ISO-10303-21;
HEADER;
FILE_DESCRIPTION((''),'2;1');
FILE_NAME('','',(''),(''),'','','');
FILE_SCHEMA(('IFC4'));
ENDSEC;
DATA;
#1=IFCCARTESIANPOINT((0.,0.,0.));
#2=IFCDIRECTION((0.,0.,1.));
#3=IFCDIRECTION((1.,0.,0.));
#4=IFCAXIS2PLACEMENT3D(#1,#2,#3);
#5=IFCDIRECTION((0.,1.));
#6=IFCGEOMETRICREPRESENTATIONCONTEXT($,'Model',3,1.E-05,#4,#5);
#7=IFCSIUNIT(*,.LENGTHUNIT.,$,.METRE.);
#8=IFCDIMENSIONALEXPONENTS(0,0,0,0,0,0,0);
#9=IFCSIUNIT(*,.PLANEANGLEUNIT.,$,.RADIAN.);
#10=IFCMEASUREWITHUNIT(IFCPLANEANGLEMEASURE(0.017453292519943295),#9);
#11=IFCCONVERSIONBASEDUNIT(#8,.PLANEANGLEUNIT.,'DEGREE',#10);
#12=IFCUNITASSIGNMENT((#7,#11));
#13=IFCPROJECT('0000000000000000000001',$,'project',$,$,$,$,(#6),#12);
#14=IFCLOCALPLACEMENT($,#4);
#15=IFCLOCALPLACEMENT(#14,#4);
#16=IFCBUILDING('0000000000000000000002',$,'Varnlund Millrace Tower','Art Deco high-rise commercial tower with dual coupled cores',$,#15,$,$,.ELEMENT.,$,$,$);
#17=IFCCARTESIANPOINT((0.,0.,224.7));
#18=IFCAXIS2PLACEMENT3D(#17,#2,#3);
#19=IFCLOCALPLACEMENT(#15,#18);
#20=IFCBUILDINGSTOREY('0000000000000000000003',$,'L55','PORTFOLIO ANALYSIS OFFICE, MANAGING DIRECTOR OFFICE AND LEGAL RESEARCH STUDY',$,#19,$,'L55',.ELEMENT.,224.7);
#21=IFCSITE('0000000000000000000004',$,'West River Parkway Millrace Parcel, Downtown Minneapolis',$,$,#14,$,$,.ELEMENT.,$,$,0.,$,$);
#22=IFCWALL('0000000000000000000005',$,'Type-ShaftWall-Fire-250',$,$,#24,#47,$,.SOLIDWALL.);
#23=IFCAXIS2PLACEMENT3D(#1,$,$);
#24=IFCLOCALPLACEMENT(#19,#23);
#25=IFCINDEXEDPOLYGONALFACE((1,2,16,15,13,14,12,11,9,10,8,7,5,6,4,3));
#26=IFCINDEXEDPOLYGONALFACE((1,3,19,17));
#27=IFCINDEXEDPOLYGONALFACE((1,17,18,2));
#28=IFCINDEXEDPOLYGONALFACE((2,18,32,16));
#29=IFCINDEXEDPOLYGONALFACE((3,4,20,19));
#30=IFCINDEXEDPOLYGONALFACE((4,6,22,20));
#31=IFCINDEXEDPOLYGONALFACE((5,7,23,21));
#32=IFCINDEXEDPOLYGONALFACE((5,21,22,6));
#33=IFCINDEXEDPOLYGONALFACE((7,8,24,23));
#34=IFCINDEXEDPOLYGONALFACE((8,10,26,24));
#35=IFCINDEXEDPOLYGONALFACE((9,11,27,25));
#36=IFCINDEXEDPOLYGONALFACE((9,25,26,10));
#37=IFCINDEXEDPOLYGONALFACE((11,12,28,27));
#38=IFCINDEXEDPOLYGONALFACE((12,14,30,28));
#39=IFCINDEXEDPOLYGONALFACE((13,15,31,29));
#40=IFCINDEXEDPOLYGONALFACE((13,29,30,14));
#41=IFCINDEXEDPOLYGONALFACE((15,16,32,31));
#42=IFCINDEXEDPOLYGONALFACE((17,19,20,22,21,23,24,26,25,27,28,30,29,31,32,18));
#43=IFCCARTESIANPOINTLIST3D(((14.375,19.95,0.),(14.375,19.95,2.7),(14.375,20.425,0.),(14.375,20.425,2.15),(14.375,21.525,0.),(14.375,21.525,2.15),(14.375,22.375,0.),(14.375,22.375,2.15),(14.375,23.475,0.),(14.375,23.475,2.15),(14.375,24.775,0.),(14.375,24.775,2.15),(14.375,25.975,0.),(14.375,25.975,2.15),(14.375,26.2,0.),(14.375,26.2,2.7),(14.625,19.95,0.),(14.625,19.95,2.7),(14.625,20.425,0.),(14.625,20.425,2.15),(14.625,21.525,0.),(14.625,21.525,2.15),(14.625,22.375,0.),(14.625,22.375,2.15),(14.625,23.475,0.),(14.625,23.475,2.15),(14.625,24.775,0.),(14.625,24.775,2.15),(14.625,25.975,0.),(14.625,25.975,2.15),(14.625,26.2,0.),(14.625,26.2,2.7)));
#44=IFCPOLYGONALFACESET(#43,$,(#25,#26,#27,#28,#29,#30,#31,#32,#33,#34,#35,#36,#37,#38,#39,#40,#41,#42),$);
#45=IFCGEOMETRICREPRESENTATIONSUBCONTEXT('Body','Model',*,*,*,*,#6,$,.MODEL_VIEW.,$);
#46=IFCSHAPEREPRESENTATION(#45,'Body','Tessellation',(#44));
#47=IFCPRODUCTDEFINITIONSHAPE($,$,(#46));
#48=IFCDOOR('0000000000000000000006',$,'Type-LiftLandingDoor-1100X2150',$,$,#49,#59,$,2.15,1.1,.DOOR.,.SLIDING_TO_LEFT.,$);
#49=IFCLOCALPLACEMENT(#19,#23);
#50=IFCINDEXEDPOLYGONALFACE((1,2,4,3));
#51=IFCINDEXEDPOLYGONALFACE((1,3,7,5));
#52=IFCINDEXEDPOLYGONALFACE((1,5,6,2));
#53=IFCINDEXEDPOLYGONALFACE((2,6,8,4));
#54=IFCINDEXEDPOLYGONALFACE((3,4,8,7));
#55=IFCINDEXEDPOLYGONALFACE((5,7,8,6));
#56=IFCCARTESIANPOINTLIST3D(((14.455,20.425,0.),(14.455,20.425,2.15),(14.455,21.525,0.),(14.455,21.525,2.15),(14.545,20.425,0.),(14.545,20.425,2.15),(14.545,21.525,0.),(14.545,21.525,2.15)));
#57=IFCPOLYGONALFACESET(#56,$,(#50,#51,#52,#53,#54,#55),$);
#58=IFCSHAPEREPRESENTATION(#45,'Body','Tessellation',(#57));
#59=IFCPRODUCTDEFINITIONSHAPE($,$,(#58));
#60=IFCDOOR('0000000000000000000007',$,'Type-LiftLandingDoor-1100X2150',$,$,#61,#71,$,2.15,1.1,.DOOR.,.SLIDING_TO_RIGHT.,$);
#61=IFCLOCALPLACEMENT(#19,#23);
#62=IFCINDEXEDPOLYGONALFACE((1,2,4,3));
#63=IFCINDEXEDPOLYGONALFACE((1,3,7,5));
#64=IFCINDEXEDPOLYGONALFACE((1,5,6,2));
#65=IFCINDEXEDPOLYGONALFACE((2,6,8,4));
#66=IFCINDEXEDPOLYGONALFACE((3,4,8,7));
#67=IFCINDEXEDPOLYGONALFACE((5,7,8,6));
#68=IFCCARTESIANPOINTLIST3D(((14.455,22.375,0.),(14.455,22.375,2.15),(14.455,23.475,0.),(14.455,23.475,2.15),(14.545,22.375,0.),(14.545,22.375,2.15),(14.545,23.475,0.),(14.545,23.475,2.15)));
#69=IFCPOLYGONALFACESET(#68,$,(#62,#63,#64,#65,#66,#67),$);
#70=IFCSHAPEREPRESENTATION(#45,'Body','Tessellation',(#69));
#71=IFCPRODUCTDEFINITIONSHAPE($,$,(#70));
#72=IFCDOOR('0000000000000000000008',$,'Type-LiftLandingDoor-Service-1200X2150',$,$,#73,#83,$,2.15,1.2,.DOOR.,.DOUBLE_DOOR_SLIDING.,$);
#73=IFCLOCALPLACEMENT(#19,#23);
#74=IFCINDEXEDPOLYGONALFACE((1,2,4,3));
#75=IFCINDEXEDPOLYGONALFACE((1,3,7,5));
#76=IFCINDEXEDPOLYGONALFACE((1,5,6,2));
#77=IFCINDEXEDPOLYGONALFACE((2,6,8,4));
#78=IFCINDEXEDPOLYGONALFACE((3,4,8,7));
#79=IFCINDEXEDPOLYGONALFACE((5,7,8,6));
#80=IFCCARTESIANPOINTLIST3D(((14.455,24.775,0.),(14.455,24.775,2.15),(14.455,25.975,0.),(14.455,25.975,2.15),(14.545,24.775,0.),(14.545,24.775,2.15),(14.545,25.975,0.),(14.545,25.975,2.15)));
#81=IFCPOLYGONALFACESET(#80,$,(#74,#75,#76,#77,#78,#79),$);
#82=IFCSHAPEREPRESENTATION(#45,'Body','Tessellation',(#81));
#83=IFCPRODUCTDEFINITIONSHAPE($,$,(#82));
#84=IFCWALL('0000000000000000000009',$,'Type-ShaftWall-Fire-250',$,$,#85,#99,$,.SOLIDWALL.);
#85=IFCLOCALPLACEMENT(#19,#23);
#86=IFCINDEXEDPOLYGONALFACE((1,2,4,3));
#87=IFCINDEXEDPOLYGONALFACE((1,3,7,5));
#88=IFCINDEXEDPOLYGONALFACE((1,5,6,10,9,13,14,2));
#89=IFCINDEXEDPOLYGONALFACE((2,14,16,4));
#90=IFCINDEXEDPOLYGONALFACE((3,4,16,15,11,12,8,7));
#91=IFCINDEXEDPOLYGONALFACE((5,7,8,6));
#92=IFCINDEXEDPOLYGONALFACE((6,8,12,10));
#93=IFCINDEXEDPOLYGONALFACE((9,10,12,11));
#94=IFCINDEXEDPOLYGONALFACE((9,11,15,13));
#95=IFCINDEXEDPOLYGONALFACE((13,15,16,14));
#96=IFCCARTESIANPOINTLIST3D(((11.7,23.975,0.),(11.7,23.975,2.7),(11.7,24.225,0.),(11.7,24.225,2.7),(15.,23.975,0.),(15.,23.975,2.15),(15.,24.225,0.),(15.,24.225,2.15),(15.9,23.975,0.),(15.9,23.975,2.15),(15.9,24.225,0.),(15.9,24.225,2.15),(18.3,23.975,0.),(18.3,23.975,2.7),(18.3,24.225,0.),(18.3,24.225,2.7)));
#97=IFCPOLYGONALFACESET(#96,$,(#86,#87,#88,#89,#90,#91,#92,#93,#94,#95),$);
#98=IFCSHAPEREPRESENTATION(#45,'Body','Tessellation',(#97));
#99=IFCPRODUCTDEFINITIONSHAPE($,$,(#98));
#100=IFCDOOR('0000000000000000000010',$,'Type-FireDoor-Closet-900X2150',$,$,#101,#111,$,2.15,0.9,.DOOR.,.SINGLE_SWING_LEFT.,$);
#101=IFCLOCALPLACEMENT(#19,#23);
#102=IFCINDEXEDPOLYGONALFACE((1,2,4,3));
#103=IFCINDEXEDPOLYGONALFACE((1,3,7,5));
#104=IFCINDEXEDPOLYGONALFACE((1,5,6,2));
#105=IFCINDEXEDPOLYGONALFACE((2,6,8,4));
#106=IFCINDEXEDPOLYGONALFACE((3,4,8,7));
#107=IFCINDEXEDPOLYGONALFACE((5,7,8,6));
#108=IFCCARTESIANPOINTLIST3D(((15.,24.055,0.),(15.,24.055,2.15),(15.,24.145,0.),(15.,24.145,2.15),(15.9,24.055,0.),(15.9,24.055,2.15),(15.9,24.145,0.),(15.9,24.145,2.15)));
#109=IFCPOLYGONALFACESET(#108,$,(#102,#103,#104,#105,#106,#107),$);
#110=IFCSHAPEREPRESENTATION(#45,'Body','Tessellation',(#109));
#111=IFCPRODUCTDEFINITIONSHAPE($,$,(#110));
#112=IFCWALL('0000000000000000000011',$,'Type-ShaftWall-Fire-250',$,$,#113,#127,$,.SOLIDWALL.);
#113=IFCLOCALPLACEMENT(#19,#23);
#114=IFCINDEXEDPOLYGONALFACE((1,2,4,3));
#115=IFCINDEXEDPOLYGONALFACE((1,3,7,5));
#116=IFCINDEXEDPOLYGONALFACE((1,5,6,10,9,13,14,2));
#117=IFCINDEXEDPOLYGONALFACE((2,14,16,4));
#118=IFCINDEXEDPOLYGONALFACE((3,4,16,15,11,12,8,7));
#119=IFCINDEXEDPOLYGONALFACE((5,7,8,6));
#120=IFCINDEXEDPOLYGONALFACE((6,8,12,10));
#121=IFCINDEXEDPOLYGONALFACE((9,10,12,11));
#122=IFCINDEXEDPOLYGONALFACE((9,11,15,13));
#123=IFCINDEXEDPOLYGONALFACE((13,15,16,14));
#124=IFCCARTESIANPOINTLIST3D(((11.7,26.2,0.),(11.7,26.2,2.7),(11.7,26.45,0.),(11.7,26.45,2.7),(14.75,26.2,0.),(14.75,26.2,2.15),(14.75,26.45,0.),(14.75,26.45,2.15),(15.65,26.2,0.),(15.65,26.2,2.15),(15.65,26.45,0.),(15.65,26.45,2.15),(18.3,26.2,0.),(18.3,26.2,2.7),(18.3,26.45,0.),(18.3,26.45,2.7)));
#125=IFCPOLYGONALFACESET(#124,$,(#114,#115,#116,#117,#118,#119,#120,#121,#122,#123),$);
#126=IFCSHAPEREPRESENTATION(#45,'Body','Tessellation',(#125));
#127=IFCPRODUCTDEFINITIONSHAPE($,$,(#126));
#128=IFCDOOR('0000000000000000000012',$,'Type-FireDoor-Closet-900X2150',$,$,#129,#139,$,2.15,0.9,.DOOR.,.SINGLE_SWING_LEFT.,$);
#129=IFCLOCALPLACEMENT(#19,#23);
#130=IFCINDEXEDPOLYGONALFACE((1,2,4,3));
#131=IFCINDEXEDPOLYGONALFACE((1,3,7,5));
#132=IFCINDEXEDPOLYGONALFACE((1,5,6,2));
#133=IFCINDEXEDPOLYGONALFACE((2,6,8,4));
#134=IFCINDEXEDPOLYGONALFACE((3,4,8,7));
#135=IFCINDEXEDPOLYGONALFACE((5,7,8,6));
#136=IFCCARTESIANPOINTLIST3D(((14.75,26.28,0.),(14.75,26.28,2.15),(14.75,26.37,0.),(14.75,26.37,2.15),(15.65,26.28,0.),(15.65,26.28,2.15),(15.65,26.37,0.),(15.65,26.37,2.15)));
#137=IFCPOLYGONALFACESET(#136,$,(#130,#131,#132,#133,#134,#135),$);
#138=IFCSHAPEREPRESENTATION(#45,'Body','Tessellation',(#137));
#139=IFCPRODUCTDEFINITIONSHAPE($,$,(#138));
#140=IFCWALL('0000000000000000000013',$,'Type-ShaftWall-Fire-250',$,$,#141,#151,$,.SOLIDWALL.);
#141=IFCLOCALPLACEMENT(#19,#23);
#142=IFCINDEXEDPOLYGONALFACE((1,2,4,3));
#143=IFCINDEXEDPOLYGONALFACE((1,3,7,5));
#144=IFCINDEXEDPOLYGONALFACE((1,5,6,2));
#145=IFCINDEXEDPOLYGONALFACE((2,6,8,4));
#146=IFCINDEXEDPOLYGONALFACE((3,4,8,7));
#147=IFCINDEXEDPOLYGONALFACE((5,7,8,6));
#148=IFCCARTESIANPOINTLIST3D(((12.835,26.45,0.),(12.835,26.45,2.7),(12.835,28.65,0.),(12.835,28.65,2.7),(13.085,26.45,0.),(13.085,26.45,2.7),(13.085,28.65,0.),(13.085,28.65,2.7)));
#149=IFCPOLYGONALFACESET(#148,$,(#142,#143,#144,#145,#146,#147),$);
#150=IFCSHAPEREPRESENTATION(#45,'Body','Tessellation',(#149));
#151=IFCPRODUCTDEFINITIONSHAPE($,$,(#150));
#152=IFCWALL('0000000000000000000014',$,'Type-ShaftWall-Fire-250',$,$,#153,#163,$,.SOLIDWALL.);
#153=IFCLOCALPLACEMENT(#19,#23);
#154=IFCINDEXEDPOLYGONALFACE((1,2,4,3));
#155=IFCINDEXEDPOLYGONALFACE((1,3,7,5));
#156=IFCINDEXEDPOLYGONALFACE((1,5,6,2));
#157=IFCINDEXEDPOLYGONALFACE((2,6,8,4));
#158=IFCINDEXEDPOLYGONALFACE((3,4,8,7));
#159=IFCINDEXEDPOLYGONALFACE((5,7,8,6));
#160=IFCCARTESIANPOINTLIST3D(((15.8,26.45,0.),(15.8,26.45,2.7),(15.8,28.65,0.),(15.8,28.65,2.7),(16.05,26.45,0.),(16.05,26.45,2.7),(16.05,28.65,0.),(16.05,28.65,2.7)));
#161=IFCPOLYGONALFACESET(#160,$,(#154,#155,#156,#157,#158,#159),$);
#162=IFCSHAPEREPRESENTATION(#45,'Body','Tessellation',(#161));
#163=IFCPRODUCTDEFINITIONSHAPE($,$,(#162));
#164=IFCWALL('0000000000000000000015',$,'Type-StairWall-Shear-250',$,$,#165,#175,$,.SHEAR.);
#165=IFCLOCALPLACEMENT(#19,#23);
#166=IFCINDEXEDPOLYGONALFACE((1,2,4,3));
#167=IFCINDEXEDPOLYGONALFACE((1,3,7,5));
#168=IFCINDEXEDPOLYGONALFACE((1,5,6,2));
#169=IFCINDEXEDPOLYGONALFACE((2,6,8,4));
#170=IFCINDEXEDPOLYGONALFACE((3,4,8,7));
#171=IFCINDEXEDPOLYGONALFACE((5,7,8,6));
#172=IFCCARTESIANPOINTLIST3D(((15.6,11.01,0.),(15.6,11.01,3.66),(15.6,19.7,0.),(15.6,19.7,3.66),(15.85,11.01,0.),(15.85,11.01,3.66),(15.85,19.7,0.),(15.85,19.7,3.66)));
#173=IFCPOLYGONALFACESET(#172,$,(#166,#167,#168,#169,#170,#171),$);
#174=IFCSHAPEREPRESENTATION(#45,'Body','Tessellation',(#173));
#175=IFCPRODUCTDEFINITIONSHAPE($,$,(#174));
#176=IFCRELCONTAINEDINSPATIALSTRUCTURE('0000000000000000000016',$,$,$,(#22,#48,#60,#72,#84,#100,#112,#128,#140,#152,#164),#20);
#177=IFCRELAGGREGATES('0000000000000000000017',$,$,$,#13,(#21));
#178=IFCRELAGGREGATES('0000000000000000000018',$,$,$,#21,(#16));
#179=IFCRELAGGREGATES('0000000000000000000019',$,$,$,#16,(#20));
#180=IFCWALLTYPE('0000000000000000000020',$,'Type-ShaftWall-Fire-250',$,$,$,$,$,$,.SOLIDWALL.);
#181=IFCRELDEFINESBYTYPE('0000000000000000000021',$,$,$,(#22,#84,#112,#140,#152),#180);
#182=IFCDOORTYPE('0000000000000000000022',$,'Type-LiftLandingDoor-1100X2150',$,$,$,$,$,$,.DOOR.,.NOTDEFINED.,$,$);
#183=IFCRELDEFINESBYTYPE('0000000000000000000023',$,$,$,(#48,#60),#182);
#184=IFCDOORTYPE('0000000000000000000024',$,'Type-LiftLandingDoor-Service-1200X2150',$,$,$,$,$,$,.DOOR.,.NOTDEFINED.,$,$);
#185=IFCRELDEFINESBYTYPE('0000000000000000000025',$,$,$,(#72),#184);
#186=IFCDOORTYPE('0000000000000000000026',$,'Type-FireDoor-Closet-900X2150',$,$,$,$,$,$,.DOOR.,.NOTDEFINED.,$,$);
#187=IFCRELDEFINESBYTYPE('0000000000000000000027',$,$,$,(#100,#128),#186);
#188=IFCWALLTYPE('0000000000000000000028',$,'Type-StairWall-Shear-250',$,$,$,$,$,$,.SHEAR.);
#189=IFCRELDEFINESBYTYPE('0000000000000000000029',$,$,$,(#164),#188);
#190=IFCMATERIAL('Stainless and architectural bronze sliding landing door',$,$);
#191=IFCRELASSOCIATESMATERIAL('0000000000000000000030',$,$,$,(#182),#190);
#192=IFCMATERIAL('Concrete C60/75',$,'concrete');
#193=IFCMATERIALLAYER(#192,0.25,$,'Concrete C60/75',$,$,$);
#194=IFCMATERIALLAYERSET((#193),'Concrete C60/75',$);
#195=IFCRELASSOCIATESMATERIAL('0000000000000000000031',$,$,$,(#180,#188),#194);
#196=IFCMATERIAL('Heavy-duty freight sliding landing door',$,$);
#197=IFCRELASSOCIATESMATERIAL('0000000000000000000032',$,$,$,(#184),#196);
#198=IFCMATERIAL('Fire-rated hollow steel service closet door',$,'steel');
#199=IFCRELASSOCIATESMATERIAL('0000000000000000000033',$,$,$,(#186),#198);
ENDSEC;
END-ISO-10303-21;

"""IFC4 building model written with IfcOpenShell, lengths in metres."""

from ifc_helpers import new_model, entity, si_unit, converted_unit, direction, frame, origin_with_axes, origin_2d_with_axis, place, context, subcontext, project, spatial, polyline, rectangle, outline, extrude, material, layer, layer_set, type_object, element, fill, save


model = new_model("IFC4")

# Units and contexts
model_context = context("Model", 3, precision=1e-05, world=origin_with_axes(), true_north=direction((0.0, 1.0)))
body_context = subcontext(model_context, "Body", "Model", "MODEL_VIEW")
ifc_project = project(units=[si_unit("LENGTHUNIT", "METRE"), converted_unit("PLANEANGLEUNIT", "DEGREE", entity("IfcPlaneAngleMeasure", 0.017453292519943295), si_unit("PLANEANGLEUNIT", "RADIAN"), dimensions=[0, 0, 0, 0, 0, 0, 0])], contexts=[model_context])

# Site, building, storey
site_placement = place(None, origin_with_axes())
site = spatial("IfcSite", under=ifc_project, at=site_placement, Name="West River Parkway Millrace Parcel, Downtown Minneapolis", CompositionType="ELEMENT", RefElevation=0.0)
building_placement = place(site_placement, origin_with_axes())
building = spatial("IfcBuilding", under=site, at=building_placement, Name="Varnlund Millrace Tower", Description="Art Deco high-rise commercial tower with dual coupled cores", CompositionType="ELEMENT")
storey_placement = place(building_placement, frame((0.0, 0.0, 224.7), z_axis=(0.0, 0.0, 1.0), x_axis=(1.0, 0.0, 0.0)))
storey = spatial("IfcBuildingStorey", under=building, at=storey_placement, Name="L55", Description="PORTFOLIO ANALYSIS OFFICE, MANAGING DIRECTOR OFFICE AND LEGAL RESEARCH STUDY", LongName="L55", CompositionType="ELEMENT", Elevation=224.7)

# Shared definitions
ifc_material_1 = material(Name="Concrete C60/75", Category="concrete")

# Wall, openings, doors
ifc_material_2 = material(Name="Stainless and architectural bronze sliding landing door")
door_type_1 = type_object("IfcDoorType", Name="Type-LiftLandingDoor-1100X2150", OperationType="NOTDEFINED", PredefinedType="DOOR", material=ifc_material_2)
ifc_layer_1 = layer(ifc_material_1, 0.25, Name="Concrete C60/75")
ifc_layer_set_1 = layer_set([ifc_layer_1], Name="Concrete C60/75")
wall_type_1 = type_object("IfcWallType", Name="Type-ShaftWall-Fire-250", PredefinedType="SOLIDWALL", material=ifc_layer_set_1)
wall_1_placement = place(storey_placement, frame((14.5, 19.95, 0.0), z_axis=(0.0, 0.0, 1.0), x_axis=(0.0, 1.0, 0.0)))
wall_1 = element("IfcWall", 1, at=wall_1_placement, inside=storey, type_object=wall_type_1, Name="Type-ShaftWall-Fire-250", PredefinedType="SOLIDWALL", context=body_context, shape_type="SweptSolid", body=[
    extrude(outline(polyline([(0.0, -0.125), (6.25, -0.125), (6.25, 0.125), (0.0, 0.125), (0.0, -0.125)])), origin_with_axes(), (0.0, 0.0, 1.0), 2.7),
])
opening_1_placement = place(wall_1_placement, frame((1.025, 0.0, 0.0), z_axis=(0.0, 0.0, 1.0), x_axis=(1.0, 0.0, 0.0)))
opening_1 = element("IfcOpeningElement", 2, at=opening_1_placement, cuts=wall_1, PredefinedType="OPENING", context=body_context, shape_type="SweptSolid", body=[
    extrude(rectangle(XDim=1.1, YDim=0.27, at=origin_2d_with_axis()), origin_with_axes(), (0.0, 0.0, 1.0), 2.15),
])
opening_2_placement = place(wall_1_placement, frame((2.975, 0.0, 0.0), z_axis=(0.0, 0.0, 1.0), x_axis=(1.0, 0.0, 0.0)))
opening_2 = element("IfcOpeningElement", 3, at=opening_2_placement, cuts=wall_1, PredefinedType="OPENING", context=body_context, shape_type="SweptSolid", body=[
    extrude(rectangle(XDim=1.1, YDim=0.27, at=origin_2d_with_axis()), origin_with_axes(), (0.0, 0.0, 1.0), 2.15),
])
opening_3_placement = place(wall_1_placement, frame((5.425, 0.0, 0.0), z_axis=(0.0, 0.0, 1.0), x_axis=(1.0, 0.0, 0.0)))
opening_3 = element("IfcOpeningElement", 4, at=opening_3_placement, cuts=wall_1, PredefinedType="OPENING", context=body_context, shape_type="SweptSolid", body=[
    extrude(rectangle(XDim=1.2, YDim=0.27, at=origin_2d_with_axis()), origin_with_axes(), (0.0, 0.0, 1.0), 2.15),
])
door_1_placement = place(wall_1_placement, frame((1.025, 0.0, 0.0), z_axis=(0.0, 0.0, 1.0), x_axis=(1.0, 0.0, 0.0)))
door_1 = element("IfcDoor", 5, at=door_1_placement, inside=storey, type_object=door_type_1, Name="Type-LiftLandingDoor-1100X2150", OperationType="SLIDING_TO_LEFT", OverallHeight=2.15, OverallWidth=1.1, PredefinedType="DOOR", context=body_context, shape_type="SweptSolid", body=[
    extrude(rectangle(XDim=1.1, YDim=0.09, at=origin_2d_with_axis()), origin_with_axes(), (0.0, 0.0, 1.0), 2.15),
])
fill(opening_1, door_1)
door_2_placement = place(wall_1_placement, frame((2.975, 0.0, 0.0), z_axis=(0.0, 0.0, 1.0), x_axis=(1.0, 0.0, 0.0)))
door_2 = element("IfcDoor", 6, at=door_2_placement, inside=storey, type_object=door_type_1, Name="Type-LiftLandingDoor-1100X2150", OperationType="SLIDING_TO_RIGHT", OverallHeight=2.15, OverallWidth=1.1, PredefinedType="DOOR", context=body_context, shape_type="SweptSolid", body=[
    extrude(rectangle(XDim=1.1, YDim=0.09, at=origin_2d_with_axis()), origin_with_axes(), (0.0, 0.0, 1.0), 2.15),
])
fill(opening_2, door_2)
ifc_material_3 = material(Name="Heavy-duty freight sliding landing door")
door_type_2 = type_object("IfcDoorType", Name="Type-LiftLandingDoor-Service-1200X2150", OperationType="NOTDEFINED", PredefinedType="DOOR", material=ifc_material_3)
door_3_placement = place(wall_1_placement, frame((5.425, 0.0, 0.0), z_axis=(0.0, 0.0, 1.0), x_axis=(1.0, 0.0, 0.0)))
door_3 = element("IfcDoor", 7, at=door_3_placement, inside=storey, type_object=door_type_2, Name="Type-LiftLandingDoor-Service-1200X2150", OperationType="DOUBLE_DOOR_SLIDING", OverallHeight=2.15, OverallWidth=1.2, PredefinedType="DOOR", context=body_context, shape_type="SweptSolid", body=[
    extrude(rectangle(XDim=1.2, YDim=0.09, at=origin_2d_with_axis()), origin_with_axes(), (0.0, 0.0, 1.0), 2.15),
])
fill(opening_3, door_3)

# Walls, openings, doors
wall_2_placement = place(storey_placement, frame((11.7, 24.1, 0.0), z_axis=(0.0, 0.0, 1.0), x_axis=(1.0, 0.0, 0.0)))
wall_2 = element("IfcWall", 8, at=wall_2_placement, inside=storey, type_object=wall_type_1, Name="Type-ShaftWall-Fire-250", PredefinedType="SOLIDWALL", context=body_context, shape_type="SweptSolid", body=[
    extrude(outline(polyline([(0.0, -0.125), (6.6, -0.125), (6.6, 0.125), (0.0, 0.125), (0.0, -0.125)])), origin_with_axes(), (0.0, 0.0, 1.0), 2.7),
])
opening_4_placement = place(wall_2_placement, frame((3.75, 0.0, 0.0), z_axis=(0.0, 0.0, 1.0), x_axis=(1.0, 0.0, 0.0)))
opening_4 = element("IfcOpeningElement", 9, at=opening_4_placement, cuts=wall_2, PredefinedType="OPENING", context=body_context, shape_type="SweptSolid", body=[
    extrude(rectangle(XDim=0.9, YDim=0.27, at=origin_2d_with_axis()), origin_with_axes(), (0.0, 0.0, 1.0), 2.15),
])
ifc_material_4 = material(Name="Fire-rated hollow steel service closet door", Category="steel")
door_type_3 = type_object("IfcDoorType", Name="Type-FireDoor-Closet-900X2150", OperationType="NOTDEFINED", PredefinedType="DOOR", material=ifc_material_4)
door_4_placement = place(wall_2_placement, frame((3.75, 0.0, 0.0), z_axis=(0.0, 0.0, 1.0), x_axis=(1.0, 0.0, 0.0)))
door_4 = element("IfcDoor", 10, at=door_4_placement, inside=storey, type_object=door_type_3, Name="Type-FireDoor-Closet-900X2150", OperationType="SINGLE_SWING_LEFT", OverallHeight=2.15, OverallWidth=0.9, PredefinedType="DOOR", context=body_context, shape_type="SweptSolid", body=[
    extrude(rectangle(XDim=0.9, YDim=0.09, at=origin_2d_with_axis()), origin_with_axes(), (0.0, 0.0, 1.0), 2.15),
])
fill(opening_4, door_4)
wall_3_placement = place(storey_placement, frame((11.7, 26.325, 0.0), z_axis=(0.0, 0.0, 1.0), x_axis=(1.0, 0.0, 0.0)))
wall_3 = element("IfcWall", 11, at=wall_3_placement, inside=storey, type_object=wall_type_1, Name="Type-ShaftWall-Fire-250", PredefinedType="SOLIDWALL", context=body_context, shape_type="SweptSolid", body=[
    extrude(outline(polyline([(0.0, -0.125), (6.6, -0.125), (6.6, 0.125), (0.0, 0.125), (0.0, -0.125)])), origin_with_axes(), (0.0, 0.0, 1.0), 2.7),
])
opening_5_placement = place(wall_3_placement, frame((3.5, 0.0, 0.0), z_axis=(0.0, 0.0, 1.0), x_axis=(1.0, 0.0, 0.0)))
opening_5 = element("IfcOpeningElement", 12, at=opening_5_placement, cuts=wall_3, PredefinedType="OPENING", context=body_context, shape_type="SweptSolid", body=[
    extrude(rectangle(XDim=0.9, YDim=0.27, at=origin_2d_with_axis()), origin_with_axes(), (0.0, 0.0, 1.0), 2.15),
])
door_5_placement = place(wall_3_placement, frame((3.5, 0.0, 0.0), z_axis=(0.0, 0.0, 1.0), x_axis=(1.0, 0.0, 0.0)))
door_5 = element("IfcDoor", 13, at=door_5_placement, inside=storey, type_object=door_type_3, Name="Type-FireDoor-Closet-900X2150", OperationType="SINGLE_SWING_LEFT", OverallHeight=2.15, OverallWidth=0.9, PredefinedType="DOOR", context=body_context, shape_type="SweptSolid", body=[
    extrude(rectangle(XDim=0.9, YDim=0.09, at=origin_2d_with_axis()), origin_with_axes(), (0.0, 0.0, 1.0), 2.15),
])
fill(opening_5, door_5)

# Walls
for number, where, z_axis, x_axis, name in (
    (14, (12.96, 26.45, 0.0), (0.0, 0.0, 1.0), (0.0, 1.0, 0.0), "Type-ShaftWall-Fire-250"),
    (15, (15.925, 26.45, 0.0), (0.0, 0.0, 1.0), (0.0, 1.0, 0.0), "Type-ShaftWall-Fire-250"),
):
    element("IfcWall", number, at=place(storey_placement, frame(where, z_axis=z_axis, x_axis=x_axis)), inside=storey, type_object=wall_type_1, Name=name, PredefinedType="SOLIDWALL", context=body_context, shape_type="SweptSolid", body=[
        extrude(outline(polyline([(0.0, -0.125), (2.2, -0.125), (2.2, 0.125), (0.0, 0.125), (0.0, -0.125)])), origin_with_axes(), (0.0, 0.0, 1.0), 2.7),
    ])
wall_type_2 = type_object("IfcWallType", Name="Type-StairWall-Shear-250", PredefinedType="SHEAR", material=ifc_layer_set_1)
wall_4_placement = place(storey_placement, frame((15.725, 11.01, 0.0), z_axis=(0.0, 0.0, 1.0), x_axis=(0.0, 1.0, 0.0)))
element("IfcWall", 16, at=wall_4_placement, inside=storey, type_object=wall_type_2, Name="Type-StairWall-Shear-250", PredefinedType="SHEAR", context=body_context, shape_type="SweptSolid", body=[
    extrude(outline(polyline([(0.0, -0.125), (8.69, -0.125), (8.69, 0.125), (0.0, 0.125), (0.0, -0.125)])), origin_with_axes(), (0.0, 0.0, 1.0), 3.66),
])

save(model, "model.ifc")
